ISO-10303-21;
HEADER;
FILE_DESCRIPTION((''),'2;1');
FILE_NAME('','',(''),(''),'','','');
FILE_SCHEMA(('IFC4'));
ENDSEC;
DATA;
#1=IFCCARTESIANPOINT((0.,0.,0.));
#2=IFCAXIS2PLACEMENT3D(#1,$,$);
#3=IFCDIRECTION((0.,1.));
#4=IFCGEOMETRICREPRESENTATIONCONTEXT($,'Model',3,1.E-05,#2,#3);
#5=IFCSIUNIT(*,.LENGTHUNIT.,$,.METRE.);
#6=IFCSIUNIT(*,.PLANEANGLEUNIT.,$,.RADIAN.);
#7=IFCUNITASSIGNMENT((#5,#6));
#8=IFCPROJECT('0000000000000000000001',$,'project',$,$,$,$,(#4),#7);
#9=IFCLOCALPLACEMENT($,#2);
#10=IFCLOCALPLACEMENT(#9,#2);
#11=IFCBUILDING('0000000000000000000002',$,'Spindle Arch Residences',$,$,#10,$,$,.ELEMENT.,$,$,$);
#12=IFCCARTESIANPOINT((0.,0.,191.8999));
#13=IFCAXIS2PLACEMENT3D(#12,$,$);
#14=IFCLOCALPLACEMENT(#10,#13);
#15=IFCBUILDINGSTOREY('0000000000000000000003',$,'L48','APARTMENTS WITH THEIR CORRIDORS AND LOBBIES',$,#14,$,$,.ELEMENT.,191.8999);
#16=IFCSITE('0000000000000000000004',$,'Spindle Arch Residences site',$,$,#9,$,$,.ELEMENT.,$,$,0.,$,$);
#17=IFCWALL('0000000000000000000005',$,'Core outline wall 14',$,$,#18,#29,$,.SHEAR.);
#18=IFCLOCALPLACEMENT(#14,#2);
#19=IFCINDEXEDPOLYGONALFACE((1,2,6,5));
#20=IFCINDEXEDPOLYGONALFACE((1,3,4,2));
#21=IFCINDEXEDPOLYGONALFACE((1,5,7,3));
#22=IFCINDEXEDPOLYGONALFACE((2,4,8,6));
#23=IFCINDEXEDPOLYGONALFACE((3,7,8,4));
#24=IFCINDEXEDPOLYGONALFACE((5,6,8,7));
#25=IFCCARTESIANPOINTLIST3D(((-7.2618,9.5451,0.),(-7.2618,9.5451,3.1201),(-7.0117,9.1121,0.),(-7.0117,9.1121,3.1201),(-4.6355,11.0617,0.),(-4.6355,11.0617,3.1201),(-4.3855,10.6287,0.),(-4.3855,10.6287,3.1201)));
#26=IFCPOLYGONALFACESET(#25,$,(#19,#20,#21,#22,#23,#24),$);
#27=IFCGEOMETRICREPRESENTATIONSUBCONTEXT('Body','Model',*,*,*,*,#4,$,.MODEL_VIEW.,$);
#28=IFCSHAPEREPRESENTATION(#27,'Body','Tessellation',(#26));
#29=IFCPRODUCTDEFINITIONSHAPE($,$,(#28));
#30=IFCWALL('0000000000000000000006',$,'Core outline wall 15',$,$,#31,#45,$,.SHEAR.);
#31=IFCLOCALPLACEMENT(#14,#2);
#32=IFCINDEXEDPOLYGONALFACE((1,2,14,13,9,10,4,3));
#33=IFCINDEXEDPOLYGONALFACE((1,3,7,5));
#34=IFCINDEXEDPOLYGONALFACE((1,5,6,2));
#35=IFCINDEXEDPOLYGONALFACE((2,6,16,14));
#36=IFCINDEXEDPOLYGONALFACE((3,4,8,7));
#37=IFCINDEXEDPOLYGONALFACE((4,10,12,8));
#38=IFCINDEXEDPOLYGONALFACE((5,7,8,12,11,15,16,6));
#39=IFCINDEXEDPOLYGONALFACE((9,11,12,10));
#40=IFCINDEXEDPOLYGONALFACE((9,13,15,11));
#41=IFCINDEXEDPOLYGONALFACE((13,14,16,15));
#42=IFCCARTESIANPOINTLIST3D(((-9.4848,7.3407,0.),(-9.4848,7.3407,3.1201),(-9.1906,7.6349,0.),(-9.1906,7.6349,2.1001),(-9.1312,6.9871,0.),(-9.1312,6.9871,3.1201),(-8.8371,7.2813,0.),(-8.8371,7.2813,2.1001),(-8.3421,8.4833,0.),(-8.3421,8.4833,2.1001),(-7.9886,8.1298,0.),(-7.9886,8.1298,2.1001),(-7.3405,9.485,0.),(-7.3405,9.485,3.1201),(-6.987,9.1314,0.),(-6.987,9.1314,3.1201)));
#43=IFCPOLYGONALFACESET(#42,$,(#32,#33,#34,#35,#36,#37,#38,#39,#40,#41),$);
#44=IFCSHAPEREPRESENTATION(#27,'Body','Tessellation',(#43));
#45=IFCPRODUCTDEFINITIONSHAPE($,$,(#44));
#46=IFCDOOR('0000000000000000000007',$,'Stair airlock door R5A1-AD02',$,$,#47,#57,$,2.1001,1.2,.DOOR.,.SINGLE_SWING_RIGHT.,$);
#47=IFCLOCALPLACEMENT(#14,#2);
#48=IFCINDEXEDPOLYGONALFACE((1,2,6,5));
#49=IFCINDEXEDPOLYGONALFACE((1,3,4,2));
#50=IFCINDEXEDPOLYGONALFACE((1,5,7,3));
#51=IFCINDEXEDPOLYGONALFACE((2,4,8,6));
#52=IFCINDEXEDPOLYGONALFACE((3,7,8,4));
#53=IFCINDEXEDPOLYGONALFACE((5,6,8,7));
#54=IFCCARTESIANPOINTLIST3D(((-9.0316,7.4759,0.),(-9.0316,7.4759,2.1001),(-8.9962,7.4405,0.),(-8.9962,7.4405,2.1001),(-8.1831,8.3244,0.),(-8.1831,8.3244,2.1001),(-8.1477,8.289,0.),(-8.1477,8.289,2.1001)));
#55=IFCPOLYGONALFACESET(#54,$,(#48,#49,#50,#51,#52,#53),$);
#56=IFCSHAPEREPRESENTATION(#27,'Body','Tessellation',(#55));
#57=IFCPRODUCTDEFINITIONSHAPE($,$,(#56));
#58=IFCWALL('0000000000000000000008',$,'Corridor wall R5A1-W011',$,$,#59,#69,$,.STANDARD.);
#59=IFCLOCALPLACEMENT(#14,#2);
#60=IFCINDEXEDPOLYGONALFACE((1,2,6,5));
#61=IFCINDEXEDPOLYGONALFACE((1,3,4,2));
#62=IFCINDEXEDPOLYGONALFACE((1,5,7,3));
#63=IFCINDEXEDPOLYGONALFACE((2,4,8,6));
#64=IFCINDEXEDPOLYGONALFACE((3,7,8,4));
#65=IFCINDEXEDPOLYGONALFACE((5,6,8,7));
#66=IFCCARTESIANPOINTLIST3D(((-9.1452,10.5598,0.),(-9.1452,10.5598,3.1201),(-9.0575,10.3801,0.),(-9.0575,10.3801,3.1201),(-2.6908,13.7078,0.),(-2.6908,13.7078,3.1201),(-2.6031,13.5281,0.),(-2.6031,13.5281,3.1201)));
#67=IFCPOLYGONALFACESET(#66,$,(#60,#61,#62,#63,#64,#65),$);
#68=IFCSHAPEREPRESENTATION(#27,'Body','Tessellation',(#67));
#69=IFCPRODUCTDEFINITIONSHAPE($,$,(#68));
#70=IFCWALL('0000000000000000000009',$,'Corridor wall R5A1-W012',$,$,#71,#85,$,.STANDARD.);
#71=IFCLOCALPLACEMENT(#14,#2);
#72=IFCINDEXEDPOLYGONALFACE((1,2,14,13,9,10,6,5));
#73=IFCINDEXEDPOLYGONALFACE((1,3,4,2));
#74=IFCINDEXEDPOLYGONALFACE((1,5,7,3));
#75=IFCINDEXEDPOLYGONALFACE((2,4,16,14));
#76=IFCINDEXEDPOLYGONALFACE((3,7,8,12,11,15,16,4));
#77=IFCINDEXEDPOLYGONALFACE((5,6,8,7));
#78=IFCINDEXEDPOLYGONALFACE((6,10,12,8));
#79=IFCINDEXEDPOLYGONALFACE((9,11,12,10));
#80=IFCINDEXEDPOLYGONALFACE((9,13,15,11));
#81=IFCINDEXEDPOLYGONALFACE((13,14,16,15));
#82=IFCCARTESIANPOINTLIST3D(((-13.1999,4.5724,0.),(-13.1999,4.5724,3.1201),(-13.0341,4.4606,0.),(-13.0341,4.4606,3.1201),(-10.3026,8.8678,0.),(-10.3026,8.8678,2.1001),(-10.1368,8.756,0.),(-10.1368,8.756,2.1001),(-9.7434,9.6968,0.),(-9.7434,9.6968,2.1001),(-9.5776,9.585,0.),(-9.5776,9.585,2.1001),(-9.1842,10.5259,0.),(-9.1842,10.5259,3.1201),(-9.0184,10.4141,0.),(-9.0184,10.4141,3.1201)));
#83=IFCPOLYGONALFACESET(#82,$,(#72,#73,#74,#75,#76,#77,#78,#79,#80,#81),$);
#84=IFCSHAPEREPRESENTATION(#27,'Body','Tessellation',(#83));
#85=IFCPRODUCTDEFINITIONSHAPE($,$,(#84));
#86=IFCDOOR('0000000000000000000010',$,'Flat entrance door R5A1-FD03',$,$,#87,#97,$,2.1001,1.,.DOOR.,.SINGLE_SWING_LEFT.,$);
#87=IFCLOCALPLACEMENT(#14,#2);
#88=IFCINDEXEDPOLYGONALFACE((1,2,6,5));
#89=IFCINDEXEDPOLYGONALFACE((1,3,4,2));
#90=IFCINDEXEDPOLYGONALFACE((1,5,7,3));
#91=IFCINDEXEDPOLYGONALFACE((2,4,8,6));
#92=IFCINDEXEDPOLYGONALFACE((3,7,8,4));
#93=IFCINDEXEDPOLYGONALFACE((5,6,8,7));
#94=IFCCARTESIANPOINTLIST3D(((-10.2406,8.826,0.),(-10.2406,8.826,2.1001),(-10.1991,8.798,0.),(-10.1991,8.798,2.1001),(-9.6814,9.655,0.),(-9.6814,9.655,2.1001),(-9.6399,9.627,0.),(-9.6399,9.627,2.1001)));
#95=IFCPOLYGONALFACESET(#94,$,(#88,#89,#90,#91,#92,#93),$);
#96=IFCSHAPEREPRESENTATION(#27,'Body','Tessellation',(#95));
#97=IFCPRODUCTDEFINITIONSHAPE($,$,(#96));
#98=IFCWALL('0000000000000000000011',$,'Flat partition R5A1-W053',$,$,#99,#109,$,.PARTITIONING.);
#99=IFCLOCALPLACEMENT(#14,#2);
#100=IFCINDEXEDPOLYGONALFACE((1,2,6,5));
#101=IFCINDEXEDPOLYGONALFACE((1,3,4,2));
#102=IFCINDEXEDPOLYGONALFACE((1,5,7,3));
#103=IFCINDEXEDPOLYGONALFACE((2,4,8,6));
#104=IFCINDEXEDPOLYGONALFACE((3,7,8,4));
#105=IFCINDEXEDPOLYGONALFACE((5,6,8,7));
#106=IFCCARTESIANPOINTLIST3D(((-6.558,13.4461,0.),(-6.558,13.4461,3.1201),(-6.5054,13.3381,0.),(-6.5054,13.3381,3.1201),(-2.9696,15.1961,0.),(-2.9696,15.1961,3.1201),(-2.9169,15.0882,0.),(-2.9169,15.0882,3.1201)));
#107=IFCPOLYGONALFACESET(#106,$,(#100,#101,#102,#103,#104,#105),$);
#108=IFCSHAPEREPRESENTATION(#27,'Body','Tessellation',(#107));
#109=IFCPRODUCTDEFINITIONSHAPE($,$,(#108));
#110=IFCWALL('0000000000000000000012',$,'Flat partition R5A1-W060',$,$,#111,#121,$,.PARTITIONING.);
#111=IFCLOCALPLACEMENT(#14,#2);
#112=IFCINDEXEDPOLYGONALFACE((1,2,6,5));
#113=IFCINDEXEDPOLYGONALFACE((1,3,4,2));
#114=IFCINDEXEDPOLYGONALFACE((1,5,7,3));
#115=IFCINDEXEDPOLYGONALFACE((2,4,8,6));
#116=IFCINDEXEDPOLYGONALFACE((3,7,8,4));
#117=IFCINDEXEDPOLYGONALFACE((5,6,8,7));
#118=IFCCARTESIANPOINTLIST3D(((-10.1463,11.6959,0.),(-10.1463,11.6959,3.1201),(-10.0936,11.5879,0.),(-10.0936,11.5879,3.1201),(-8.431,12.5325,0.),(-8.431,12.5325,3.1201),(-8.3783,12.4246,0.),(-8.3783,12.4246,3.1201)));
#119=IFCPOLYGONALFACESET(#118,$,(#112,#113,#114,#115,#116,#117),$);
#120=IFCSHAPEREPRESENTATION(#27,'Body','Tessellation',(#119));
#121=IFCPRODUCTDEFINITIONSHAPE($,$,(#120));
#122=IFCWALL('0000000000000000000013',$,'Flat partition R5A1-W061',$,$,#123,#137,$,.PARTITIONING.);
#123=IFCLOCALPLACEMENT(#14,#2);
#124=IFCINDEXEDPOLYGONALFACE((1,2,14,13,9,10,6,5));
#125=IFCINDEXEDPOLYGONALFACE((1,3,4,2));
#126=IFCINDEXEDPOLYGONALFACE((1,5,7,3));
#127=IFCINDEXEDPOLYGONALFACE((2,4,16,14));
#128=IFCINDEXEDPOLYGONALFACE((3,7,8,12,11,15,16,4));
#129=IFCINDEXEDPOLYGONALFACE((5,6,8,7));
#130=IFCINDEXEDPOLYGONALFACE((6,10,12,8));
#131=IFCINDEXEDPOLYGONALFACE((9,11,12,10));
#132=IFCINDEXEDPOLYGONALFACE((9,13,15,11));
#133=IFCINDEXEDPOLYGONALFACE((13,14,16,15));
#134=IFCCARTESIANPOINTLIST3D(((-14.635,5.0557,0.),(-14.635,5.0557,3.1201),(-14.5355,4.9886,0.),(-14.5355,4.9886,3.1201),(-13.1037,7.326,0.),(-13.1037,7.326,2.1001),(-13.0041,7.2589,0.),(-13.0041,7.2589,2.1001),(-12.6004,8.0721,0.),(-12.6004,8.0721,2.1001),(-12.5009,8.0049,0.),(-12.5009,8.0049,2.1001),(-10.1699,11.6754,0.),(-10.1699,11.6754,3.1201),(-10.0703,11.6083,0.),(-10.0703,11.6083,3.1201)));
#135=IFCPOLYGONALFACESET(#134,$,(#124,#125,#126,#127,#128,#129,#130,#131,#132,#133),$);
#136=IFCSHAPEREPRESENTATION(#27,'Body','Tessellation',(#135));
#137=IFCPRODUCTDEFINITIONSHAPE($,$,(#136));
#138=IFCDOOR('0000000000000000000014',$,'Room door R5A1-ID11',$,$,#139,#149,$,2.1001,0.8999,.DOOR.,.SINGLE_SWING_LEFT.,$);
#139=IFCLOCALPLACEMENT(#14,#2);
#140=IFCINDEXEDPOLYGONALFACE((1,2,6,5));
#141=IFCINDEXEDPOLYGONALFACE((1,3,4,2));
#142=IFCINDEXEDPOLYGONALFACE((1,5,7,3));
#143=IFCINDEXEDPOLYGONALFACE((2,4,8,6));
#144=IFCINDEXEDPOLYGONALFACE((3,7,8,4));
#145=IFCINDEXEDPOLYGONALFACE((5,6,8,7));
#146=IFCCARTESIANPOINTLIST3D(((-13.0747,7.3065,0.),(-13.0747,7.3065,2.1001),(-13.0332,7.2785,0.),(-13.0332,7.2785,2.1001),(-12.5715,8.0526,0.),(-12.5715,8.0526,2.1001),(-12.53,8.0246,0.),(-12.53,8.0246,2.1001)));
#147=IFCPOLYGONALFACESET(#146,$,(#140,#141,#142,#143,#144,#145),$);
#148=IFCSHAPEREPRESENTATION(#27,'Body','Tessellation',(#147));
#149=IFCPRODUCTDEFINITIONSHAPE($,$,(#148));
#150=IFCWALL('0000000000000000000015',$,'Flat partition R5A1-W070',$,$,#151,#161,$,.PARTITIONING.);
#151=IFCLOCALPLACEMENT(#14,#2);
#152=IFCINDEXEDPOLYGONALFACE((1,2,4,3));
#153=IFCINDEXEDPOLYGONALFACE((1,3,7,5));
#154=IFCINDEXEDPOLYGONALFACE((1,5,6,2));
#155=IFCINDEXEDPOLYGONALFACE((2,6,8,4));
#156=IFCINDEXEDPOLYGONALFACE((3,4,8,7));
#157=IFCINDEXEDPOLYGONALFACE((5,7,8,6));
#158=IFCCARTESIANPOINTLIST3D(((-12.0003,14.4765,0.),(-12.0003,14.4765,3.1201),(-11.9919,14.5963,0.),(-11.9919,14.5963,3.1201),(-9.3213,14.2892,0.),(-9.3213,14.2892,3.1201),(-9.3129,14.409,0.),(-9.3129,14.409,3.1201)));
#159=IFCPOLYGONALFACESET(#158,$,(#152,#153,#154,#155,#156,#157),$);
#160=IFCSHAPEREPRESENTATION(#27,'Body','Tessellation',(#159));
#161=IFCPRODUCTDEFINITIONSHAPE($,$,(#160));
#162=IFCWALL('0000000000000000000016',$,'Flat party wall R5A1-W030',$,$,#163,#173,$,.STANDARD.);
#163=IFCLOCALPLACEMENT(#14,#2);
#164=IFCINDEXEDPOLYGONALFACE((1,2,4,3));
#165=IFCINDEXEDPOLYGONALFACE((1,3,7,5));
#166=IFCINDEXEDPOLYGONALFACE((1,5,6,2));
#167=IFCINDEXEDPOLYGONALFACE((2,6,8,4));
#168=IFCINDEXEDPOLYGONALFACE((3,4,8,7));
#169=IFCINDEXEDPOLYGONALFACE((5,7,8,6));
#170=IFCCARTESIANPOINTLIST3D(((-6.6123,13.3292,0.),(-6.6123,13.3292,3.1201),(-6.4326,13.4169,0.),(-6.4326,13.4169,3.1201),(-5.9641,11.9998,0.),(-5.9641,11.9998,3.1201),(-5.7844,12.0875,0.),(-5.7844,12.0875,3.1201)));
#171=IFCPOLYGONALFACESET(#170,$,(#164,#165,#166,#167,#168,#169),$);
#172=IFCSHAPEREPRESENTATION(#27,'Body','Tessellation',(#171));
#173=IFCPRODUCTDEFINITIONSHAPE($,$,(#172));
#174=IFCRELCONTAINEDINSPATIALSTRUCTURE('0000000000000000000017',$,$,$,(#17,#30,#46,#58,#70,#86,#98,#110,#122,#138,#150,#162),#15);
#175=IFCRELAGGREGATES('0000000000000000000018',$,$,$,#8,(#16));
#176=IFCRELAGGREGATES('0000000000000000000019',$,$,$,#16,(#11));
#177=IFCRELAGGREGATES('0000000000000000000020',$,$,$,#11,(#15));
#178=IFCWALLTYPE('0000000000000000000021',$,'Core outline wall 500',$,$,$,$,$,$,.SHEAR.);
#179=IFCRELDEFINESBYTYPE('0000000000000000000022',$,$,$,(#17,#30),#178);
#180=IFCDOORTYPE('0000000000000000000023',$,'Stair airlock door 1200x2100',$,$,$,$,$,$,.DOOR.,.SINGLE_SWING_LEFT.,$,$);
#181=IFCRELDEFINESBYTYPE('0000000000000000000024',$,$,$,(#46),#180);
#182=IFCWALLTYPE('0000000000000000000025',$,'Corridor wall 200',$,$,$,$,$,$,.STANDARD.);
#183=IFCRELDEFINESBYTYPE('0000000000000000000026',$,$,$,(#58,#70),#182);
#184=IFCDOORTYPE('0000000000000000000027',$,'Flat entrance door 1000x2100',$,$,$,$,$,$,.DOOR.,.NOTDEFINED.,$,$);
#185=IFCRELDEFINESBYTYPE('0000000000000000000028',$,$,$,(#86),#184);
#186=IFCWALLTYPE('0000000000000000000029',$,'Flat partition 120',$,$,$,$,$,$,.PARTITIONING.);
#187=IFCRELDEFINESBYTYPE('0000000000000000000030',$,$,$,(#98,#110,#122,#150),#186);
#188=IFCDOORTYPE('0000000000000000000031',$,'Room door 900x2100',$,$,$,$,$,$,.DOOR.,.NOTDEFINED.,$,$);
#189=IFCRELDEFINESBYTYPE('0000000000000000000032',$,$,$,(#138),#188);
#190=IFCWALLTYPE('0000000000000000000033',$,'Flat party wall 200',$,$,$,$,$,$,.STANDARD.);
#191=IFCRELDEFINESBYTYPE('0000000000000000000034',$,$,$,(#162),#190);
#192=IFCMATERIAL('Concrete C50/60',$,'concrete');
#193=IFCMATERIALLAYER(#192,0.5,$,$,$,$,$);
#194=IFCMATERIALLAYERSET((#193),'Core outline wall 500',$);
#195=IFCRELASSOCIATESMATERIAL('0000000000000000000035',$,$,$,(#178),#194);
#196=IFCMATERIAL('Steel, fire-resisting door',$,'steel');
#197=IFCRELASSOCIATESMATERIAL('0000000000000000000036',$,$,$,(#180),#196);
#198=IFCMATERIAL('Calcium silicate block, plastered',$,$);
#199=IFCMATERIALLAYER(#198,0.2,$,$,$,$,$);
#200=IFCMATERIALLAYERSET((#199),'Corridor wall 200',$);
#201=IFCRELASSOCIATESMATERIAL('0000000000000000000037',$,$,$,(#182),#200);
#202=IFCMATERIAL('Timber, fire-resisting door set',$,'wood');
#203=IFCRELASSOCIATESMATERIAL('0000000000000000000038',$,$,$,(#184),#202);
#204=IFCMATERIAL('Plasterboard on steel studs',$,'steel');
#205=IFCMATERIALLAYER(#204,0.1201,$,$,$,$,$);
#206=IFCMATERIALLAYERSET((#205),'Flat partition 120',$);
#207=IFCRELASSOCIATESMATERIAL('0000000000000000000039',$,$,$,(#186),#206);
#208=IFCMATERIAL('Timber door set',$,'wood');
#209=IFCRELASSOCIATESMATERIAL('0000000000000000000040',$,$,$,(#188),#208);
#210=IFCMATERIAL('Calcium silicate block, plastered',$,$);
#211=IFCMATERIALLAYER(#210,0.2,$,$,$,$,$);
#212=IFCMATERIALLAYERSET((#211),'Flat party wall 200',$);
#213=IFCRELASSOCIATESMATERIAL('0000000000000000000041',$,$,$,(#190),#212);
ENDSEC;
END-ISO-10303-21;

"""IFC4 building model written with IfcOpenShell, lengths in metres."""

from ifc_helpers import new_model, si_unit, direction, frame, frame_2d, origin, place, context, subcontext, project, spatial, rectangle, extrude, material, layer, layer_set, type_object, element, fill, save


model = new_model("IFC4")

# Units and contexts
model_context = context("Model", 3, precision=1e-05, world=origin(), true_north=direction((0.0, 1.0)))
body_context = subcontext(model_context, "Body", "Model", "MODEL_VIEW")
ifc_project = project(units=[si_unit("LENGTHUNIT", "METRE"), si_unit("PLANEANGLEUNIT", "RADIAN")], contexts=[model_context])

# Site, building, storey
site_placement = place(None, origin())
site = spatial("IfcSite", under=ifc_project, at=site_placement, Name="Spindle Arch Residences site", CompositionType="ELEMENT", RefElevation=0.0)
building_placement = place(site_placement, origin())
building = spatial("IfcBuilding", under=site, at=building_placement, Name="Spindle Arch Residences", CompositionType="ELEMENT")
storey_placement = place(building_placement, frame((0.0, 0.0, 191.8999)))
storey = spatial("IfcBuildingStorey", under=building, at=storey_placement, Name="L48", Description="APARTMENTS WITH THEIR CORRIDORS AND LOBBIES", CompositionType="ELEMENT", Elevation=191.8999)

# Wall
ifc_material_1 = material(Name="Concrete C50/60", Category="concrete")
ifc_layer_1 = layer(ifc_material_1, 0.5)
ifc_layer_set_1 = layer_set([ifc_layer_1], Name="Core outline wall 500")
wall_type_1 = type_object("IfcWallType", Name="Core outline wall 500", PredefinedType="SHEAR", material=ifc_layer_set_1)
wall_1_placement = place(storey_placement, frame((-4.5105, 10.8452, 0.0), z_axis=(0.0, 0.0, 1.0), x_axis=(-0.865975, -0.500087, 0.0)))
element("IfcWall", 1, at=wall_1_placement, inside=storey, type_object=wall_type_1, Name="Core outline wall 14", PredefinedType="SHEAR", context=body_context, shape_type="SweptSolid", body=[
    extrude(rectangle(XDim=3.0327, YDim=0.5, at=frame_2d((1.5164, 0.0))), origin(), (0.0, 0.0, 1.0), 3.1201),
])

# Wall, opening, door
wall_2_placement = place(storey_placement, frame((-7.1638, 9.3081, 0.0), z_axis=(0.0, 0.0, 1.0), x_axis=(-0.707107, -0.707107, 0.0)))
wall_2 = element("IfcWall", 2, at=wall_2_placement, inside=storey, type_object=wall_type_1, Name="Core outline wall 15", PredefinedType="SHEAR", context=body_context, shape_type="SweptSolid", body=[
    extrude(rectangle(XDim=3.0325, YDim=0.5, at=frame_2d((1.5161, 0.0))), origin(), (0.0, 0.0, 1.0), 3.1201),
])
opening_1_placement = place(wall_2_placement, frame((1.4163, 0.0, 0.0)))
opening_1 = element("IfcOpeningElement", 3, at=opening_1_placement, cuts=wall_2, PredefinedType="OPENING", context=body_context, shape_type="SweptSolid", body=[
    extrude(rectangle(XDim=1.2, YDim=2.1001, at=frame_2d((0.6001, 1.05))), frame((0.0, 0.26, 0.0), z_axis=(0.0, -1.0, 0.0), x_axis=(1.0, 0.0, 0.0)), (0.0, 0.0, 1.0), 0.52),
])
ifc_material_2 = material(Name="Steel, fire-resisting door", Category="steel")
door_type_1 = type_object("IfcDoorType", Name="Stair airlock door 1200x2100", OperationType="SINGLE_SWING_LEFT", PredefinedType="DOOR", material=ifc_material_2)
door_1_placement = place(opening_1_placement, origin())
door_1 = element("IfcDoor", 4, at=door_1_placement, inside=storey, type_object=door_type_1, Name="Stair airlock door R5A1-AD02", OperationType="SINGLE_SWING_RIGHT", OverallHeight=2.1001, OverallWidth=1.2, PredefinedType="DOOR", context=body_context, shape_type="SweptSolid", body=[
    extrude(rectangle(XDim=1.2, YDim=2.1001, at=frame_2d((0.6001, 1.05))), frame((0.0, 0.0249, 0.0), z_axis=(0.0, -1.0, 0.0), x_axis=(1.0, 0.0, 0.0)), (0.0, 0.0, 1.0), 0.05),
])
fill(opening_1, door_1)

# Wall
ifc_material_3 = material(Name="Calcium silicate block, plastered")
ifc_layer_2 = layer(ifc_material_3, 0.2)
ifc_layer_set_2 = layer_set([ifc_layer_2], Name="Corridor wall 200")
wall_type_2 = type_object("IfcWallType", Name="Corridor wall 200", PredefinedType="STANDARD", material=ifc_layer_set_2)
wall_3_placement = place(storey_placement, frame((-2.647, 13.6179, 0.0), z_axis=(0.0, 0.0, 1.0), x_axis=(-0.898797, -0.438366, 0.0)))
element("IfcWall", 5, at=wall_3_placement, inside=storey, type_object=wall_type_2, Name="Corridor wall R5A1-W011", PredefinedType="STANDARD", context=body_context, shape_type="SweptSolid", body=[
    extrude(rectangle(XDim=7.1812, YDim=0.2, at=frame_2d((3.5906, 0.0))), origin(), (0.0, 0.0, 1.0), 3.1201),
])

# Wall, opening, door
wall_4_placement = place(storey_placement, frame((-9.1013, 10.47, 0.0), z_axis=(0.0, 0.0, 1.0), x_axis=(-0.559195, -0.829036, 0.0)))
wall_4 = element("IfcWall", 6, at=wall_4_placement, inside=storey, type_object=wall_type_2, Name="Corridor wall R5A1-W012", PredefinedType="STANDARD", context=body_context, shape_type="SweptSolid", body=[
    extrude(rectangle(XDim=7.1812, YDim=0.2, at=frame_2d((3.5906, 0.0))), origin(), (0.0, 0.0, 1.0), 3.1201),
])
opening_2_placement = place(wall_4_placement, frame((1.0, 0.0, 0.0)))
opening_2 = element("IfcOpeningElement", 7, at=opening_2_placement, cuts=wall_4, PredefinedType="OPENING", context=body_context, shape_type="SweptSolid", body=[
    extrude(rectangle(XDim=1.0, YDim=2.1001, at=frame_2d((0.5, 1.05))), frame((0.0, 0.1099, 0.0), z_axis=(0.0, -1.0, 0.0), x_axis=(1.0, 0.0, 0.0)), (0.0, 0.0, 1.0), 0.22),
])
ifc_material_4 = material(Name="Timber, fire-resisting door set", Category="wood")
door_type_2 = type_object("IfcDoorType", Name="Flat entrance door 1000x2100", OperationType="NOTDEFINED", PredefinedType="DOOR", material=ifc_material_4)
door_2_placement = place(opening_2_placement, origin())
door_2 = element("IfcDoor", 8, at=door_2_placement, inside=storey, type_object=door_type_2, Name="Flat entrance door R5A1-FD03", OperationType="SINGLE_SWING_LEFT", OverallHeight=2.1001, OverallWidth=1.0, PredefinedType="DOOR", context=body_context, shape_type="SweptSolid", body=[
    extrude(rectangle(XDim=1.0, YDim=2.1001, at=frame_2d((0.5, 1.05))), frame((0.0, 0.0249, 0.0), z_axis=(0.0, -1.0, 0.0), x_axis=(1.0, 0.0, 0.0)), (0.0, 0.0, 1.0), 0.05),
])
fill(opening_2, door_2)

# Walls
ifc_material_5 = material(Name="Plasterboard on steel studs", Category="steel")
ifc_layer_3 = layer(ifc_material_5, 0.1201)
ifc_layer_set_3 = layer_set([ifc_layer_3], Name="Flat partition 120")
wall_type_3 = type_object("IfcWallType", Name="Flat partition 120", PredefinedType="PARTITIONING", material=ifc_layer_set_3)
wall_5_placement = place(storey_placement, frame((-2.9434, 15.1421, 0.0), z_axis=(0.0, 0.0, 1.0), x_axis=(-0.898811, -0.438337, 0.0)))
element("IfcWall", 9, at=wall_5_placement, inside=storey, type_object=wall_type_3, Name="Flat partition R5A1-W053", PredefinedType="PARTITIONING", context=body_context, shape_type="SweptSolid", body=[
    extrude(rectangle(XDim=3.9924, YDim=0.1201, at=frame_2d((1.9961, 0.0))), origin(), (0.0, 0.0, 1.0), 3.1201),
])
wall_6_placement = place(storey_placement, frame((-8.4048, 12.4785, 0.0), z_axis=(0.0, 0.0, 1.0), x_axis=(-0.898784, -0.438391, 0.0)))
element("IfcWall", 10, at=wall_6_placement, inside=storey, type_object=wall_type_3, Name="Flat partition R5A1-W060", PredefinedType="PARTITIONING", context=body_context, shape_type="SweptSolid", body=[
    extrude(rectangle(XDim=1.9084, YDim=0.1201, at=frame_2d((0.9541, 0.0))), origin(), (0.0, 0.0, 1.0), 3.1201),
])

# Wall, opening, door
wall_7_placement = place(storey_placement, frame((-10.1201, 11.6418, 0.0), z_axis=(0.0, 0.0, 1.0), x_axis=(-0.559201, -0.829032, 0.0)))
wall_7 = element("IfcWall", 11, at=wall_7_placement, inside=storey, type_object=wall_type_3, Name="Flat partition R5A1-W061", PredefinedType="PARTITIONING", context=body_context, shape_type="SweptSolid", body=[
    extrude(rectangle(XDim=7.9849, YDim=0.1201, at=frame_2d((3.9924, 0.0))), origin(), (0.0, 0.0, 1.0), 3.1201),
])
opening_3_placement = place(wall_7_placement, frame((4.3464, 0.0, 0.0)))
opening_3 = element("IfcOpeningElement", 12, at=opening_3_placement, cuts=wall_7, PredefinedType="OPENING", context=body_context, shape_type="SweptSolid", body=[
    extrude(rectangle(XDim=0.8999, YDim=2.1001, at=frame_2d((0.45, 1.05))), frame((0.0, 0.0701, 0.0), z_axis=(0.0, -1.0, 0.0), x_axis=(1.0, 0.0, 0.0)), (0.0, 0.0, 1.0), 0.1401),
])
ifc_material_6 = material(Name="Timber door set", Category="wood")
door_type_3 = type_object("IfcDoorType", Name="Room door 900x2100", OperationType="NOTDEFINED", PredefinedType="DOOR", material=ifc_material_6)
door_3_placement = place(opening_3_placement, origin())
door_3 = element("IfcDoor", 13, at=door_3_placement, inside=storey, type_object=door_type_3, Name="Room door R5A1-ID11", OperationType="SINGLE_SWING_LEFT", OverallHeight=2.1001, OverallWidth=0.8999, PredefinedType="DOOR", context=body_context, shape_type="SweptSolid", body=[
    extrude(rectangle(XDim=0.8999, YDim=2.1001, at=frame_2d((0.45, 1.05))), frame((0.0, 0.0249, 0.0), z_axis=(0.0, -1.0, 0.0), x_axis=(1.0, 0.0, 0.0)), (0.0, 0.0, 1.0), 0.05),
])
fill(opening_3, door_3)

# Walls
wall_8_placement = place(storey_placement, frame((-11.9961, 14.5364, 0.0), z_axis=(0.0, 0.0, 1.0), x_axis=(0.997566, -0.069729, 0.0)))
element("IfcWall", 14, at=wall_8_placement, inside=storey, type_object=wall_type_3, Name="Flat partition R5A1-W070", PredefinedType="PARTITIONING", context=body_context, shape_type="SweptSolid", body=[
    extrude(rectangle(XDim=2.6855, YDim=0.1201, at=frame_2d((1.3428, 0.0))), origin(), (0.0, 0.0, 1.0), 3.1201),
])
ifc_material_7 = material(Name="Calcium silicate block, plastered")
ifc_layer_4 = layer(ifc_material_7, 0.2)
ifc_layer_set_4 = layer_set([ifc_layer_4], Name="Flat party wall 200")
wall_type_4 = type_object("IfcWallType", Name="Flat party wall 200", PredefinedType="STANDARD", material=ifc_layer_set_4)
wall_9_placement = place(storey_placement, frame((-6.5225, 13.373, 0.0), z_axis=(0.0, 0.0, 1.0), x_axis=(0.438277, -0.89884, 0.0)))
element("IfcWall", 15, at=wall_9_placement, inside=storey, type_object=wall_type_4, Name="Flat party wall R5A1-W030", PredefinedType="STANDARD", context=body_context, shape_type="SweptSolid", body=[
    extrude(rectangle(XDim=1.479, YDim=0.2, at=frame_2d((0.7395, 0.0))), origin(), (0.0, 0.0, 1.0), 3.1201),
])

save(model, "model.ifc")
